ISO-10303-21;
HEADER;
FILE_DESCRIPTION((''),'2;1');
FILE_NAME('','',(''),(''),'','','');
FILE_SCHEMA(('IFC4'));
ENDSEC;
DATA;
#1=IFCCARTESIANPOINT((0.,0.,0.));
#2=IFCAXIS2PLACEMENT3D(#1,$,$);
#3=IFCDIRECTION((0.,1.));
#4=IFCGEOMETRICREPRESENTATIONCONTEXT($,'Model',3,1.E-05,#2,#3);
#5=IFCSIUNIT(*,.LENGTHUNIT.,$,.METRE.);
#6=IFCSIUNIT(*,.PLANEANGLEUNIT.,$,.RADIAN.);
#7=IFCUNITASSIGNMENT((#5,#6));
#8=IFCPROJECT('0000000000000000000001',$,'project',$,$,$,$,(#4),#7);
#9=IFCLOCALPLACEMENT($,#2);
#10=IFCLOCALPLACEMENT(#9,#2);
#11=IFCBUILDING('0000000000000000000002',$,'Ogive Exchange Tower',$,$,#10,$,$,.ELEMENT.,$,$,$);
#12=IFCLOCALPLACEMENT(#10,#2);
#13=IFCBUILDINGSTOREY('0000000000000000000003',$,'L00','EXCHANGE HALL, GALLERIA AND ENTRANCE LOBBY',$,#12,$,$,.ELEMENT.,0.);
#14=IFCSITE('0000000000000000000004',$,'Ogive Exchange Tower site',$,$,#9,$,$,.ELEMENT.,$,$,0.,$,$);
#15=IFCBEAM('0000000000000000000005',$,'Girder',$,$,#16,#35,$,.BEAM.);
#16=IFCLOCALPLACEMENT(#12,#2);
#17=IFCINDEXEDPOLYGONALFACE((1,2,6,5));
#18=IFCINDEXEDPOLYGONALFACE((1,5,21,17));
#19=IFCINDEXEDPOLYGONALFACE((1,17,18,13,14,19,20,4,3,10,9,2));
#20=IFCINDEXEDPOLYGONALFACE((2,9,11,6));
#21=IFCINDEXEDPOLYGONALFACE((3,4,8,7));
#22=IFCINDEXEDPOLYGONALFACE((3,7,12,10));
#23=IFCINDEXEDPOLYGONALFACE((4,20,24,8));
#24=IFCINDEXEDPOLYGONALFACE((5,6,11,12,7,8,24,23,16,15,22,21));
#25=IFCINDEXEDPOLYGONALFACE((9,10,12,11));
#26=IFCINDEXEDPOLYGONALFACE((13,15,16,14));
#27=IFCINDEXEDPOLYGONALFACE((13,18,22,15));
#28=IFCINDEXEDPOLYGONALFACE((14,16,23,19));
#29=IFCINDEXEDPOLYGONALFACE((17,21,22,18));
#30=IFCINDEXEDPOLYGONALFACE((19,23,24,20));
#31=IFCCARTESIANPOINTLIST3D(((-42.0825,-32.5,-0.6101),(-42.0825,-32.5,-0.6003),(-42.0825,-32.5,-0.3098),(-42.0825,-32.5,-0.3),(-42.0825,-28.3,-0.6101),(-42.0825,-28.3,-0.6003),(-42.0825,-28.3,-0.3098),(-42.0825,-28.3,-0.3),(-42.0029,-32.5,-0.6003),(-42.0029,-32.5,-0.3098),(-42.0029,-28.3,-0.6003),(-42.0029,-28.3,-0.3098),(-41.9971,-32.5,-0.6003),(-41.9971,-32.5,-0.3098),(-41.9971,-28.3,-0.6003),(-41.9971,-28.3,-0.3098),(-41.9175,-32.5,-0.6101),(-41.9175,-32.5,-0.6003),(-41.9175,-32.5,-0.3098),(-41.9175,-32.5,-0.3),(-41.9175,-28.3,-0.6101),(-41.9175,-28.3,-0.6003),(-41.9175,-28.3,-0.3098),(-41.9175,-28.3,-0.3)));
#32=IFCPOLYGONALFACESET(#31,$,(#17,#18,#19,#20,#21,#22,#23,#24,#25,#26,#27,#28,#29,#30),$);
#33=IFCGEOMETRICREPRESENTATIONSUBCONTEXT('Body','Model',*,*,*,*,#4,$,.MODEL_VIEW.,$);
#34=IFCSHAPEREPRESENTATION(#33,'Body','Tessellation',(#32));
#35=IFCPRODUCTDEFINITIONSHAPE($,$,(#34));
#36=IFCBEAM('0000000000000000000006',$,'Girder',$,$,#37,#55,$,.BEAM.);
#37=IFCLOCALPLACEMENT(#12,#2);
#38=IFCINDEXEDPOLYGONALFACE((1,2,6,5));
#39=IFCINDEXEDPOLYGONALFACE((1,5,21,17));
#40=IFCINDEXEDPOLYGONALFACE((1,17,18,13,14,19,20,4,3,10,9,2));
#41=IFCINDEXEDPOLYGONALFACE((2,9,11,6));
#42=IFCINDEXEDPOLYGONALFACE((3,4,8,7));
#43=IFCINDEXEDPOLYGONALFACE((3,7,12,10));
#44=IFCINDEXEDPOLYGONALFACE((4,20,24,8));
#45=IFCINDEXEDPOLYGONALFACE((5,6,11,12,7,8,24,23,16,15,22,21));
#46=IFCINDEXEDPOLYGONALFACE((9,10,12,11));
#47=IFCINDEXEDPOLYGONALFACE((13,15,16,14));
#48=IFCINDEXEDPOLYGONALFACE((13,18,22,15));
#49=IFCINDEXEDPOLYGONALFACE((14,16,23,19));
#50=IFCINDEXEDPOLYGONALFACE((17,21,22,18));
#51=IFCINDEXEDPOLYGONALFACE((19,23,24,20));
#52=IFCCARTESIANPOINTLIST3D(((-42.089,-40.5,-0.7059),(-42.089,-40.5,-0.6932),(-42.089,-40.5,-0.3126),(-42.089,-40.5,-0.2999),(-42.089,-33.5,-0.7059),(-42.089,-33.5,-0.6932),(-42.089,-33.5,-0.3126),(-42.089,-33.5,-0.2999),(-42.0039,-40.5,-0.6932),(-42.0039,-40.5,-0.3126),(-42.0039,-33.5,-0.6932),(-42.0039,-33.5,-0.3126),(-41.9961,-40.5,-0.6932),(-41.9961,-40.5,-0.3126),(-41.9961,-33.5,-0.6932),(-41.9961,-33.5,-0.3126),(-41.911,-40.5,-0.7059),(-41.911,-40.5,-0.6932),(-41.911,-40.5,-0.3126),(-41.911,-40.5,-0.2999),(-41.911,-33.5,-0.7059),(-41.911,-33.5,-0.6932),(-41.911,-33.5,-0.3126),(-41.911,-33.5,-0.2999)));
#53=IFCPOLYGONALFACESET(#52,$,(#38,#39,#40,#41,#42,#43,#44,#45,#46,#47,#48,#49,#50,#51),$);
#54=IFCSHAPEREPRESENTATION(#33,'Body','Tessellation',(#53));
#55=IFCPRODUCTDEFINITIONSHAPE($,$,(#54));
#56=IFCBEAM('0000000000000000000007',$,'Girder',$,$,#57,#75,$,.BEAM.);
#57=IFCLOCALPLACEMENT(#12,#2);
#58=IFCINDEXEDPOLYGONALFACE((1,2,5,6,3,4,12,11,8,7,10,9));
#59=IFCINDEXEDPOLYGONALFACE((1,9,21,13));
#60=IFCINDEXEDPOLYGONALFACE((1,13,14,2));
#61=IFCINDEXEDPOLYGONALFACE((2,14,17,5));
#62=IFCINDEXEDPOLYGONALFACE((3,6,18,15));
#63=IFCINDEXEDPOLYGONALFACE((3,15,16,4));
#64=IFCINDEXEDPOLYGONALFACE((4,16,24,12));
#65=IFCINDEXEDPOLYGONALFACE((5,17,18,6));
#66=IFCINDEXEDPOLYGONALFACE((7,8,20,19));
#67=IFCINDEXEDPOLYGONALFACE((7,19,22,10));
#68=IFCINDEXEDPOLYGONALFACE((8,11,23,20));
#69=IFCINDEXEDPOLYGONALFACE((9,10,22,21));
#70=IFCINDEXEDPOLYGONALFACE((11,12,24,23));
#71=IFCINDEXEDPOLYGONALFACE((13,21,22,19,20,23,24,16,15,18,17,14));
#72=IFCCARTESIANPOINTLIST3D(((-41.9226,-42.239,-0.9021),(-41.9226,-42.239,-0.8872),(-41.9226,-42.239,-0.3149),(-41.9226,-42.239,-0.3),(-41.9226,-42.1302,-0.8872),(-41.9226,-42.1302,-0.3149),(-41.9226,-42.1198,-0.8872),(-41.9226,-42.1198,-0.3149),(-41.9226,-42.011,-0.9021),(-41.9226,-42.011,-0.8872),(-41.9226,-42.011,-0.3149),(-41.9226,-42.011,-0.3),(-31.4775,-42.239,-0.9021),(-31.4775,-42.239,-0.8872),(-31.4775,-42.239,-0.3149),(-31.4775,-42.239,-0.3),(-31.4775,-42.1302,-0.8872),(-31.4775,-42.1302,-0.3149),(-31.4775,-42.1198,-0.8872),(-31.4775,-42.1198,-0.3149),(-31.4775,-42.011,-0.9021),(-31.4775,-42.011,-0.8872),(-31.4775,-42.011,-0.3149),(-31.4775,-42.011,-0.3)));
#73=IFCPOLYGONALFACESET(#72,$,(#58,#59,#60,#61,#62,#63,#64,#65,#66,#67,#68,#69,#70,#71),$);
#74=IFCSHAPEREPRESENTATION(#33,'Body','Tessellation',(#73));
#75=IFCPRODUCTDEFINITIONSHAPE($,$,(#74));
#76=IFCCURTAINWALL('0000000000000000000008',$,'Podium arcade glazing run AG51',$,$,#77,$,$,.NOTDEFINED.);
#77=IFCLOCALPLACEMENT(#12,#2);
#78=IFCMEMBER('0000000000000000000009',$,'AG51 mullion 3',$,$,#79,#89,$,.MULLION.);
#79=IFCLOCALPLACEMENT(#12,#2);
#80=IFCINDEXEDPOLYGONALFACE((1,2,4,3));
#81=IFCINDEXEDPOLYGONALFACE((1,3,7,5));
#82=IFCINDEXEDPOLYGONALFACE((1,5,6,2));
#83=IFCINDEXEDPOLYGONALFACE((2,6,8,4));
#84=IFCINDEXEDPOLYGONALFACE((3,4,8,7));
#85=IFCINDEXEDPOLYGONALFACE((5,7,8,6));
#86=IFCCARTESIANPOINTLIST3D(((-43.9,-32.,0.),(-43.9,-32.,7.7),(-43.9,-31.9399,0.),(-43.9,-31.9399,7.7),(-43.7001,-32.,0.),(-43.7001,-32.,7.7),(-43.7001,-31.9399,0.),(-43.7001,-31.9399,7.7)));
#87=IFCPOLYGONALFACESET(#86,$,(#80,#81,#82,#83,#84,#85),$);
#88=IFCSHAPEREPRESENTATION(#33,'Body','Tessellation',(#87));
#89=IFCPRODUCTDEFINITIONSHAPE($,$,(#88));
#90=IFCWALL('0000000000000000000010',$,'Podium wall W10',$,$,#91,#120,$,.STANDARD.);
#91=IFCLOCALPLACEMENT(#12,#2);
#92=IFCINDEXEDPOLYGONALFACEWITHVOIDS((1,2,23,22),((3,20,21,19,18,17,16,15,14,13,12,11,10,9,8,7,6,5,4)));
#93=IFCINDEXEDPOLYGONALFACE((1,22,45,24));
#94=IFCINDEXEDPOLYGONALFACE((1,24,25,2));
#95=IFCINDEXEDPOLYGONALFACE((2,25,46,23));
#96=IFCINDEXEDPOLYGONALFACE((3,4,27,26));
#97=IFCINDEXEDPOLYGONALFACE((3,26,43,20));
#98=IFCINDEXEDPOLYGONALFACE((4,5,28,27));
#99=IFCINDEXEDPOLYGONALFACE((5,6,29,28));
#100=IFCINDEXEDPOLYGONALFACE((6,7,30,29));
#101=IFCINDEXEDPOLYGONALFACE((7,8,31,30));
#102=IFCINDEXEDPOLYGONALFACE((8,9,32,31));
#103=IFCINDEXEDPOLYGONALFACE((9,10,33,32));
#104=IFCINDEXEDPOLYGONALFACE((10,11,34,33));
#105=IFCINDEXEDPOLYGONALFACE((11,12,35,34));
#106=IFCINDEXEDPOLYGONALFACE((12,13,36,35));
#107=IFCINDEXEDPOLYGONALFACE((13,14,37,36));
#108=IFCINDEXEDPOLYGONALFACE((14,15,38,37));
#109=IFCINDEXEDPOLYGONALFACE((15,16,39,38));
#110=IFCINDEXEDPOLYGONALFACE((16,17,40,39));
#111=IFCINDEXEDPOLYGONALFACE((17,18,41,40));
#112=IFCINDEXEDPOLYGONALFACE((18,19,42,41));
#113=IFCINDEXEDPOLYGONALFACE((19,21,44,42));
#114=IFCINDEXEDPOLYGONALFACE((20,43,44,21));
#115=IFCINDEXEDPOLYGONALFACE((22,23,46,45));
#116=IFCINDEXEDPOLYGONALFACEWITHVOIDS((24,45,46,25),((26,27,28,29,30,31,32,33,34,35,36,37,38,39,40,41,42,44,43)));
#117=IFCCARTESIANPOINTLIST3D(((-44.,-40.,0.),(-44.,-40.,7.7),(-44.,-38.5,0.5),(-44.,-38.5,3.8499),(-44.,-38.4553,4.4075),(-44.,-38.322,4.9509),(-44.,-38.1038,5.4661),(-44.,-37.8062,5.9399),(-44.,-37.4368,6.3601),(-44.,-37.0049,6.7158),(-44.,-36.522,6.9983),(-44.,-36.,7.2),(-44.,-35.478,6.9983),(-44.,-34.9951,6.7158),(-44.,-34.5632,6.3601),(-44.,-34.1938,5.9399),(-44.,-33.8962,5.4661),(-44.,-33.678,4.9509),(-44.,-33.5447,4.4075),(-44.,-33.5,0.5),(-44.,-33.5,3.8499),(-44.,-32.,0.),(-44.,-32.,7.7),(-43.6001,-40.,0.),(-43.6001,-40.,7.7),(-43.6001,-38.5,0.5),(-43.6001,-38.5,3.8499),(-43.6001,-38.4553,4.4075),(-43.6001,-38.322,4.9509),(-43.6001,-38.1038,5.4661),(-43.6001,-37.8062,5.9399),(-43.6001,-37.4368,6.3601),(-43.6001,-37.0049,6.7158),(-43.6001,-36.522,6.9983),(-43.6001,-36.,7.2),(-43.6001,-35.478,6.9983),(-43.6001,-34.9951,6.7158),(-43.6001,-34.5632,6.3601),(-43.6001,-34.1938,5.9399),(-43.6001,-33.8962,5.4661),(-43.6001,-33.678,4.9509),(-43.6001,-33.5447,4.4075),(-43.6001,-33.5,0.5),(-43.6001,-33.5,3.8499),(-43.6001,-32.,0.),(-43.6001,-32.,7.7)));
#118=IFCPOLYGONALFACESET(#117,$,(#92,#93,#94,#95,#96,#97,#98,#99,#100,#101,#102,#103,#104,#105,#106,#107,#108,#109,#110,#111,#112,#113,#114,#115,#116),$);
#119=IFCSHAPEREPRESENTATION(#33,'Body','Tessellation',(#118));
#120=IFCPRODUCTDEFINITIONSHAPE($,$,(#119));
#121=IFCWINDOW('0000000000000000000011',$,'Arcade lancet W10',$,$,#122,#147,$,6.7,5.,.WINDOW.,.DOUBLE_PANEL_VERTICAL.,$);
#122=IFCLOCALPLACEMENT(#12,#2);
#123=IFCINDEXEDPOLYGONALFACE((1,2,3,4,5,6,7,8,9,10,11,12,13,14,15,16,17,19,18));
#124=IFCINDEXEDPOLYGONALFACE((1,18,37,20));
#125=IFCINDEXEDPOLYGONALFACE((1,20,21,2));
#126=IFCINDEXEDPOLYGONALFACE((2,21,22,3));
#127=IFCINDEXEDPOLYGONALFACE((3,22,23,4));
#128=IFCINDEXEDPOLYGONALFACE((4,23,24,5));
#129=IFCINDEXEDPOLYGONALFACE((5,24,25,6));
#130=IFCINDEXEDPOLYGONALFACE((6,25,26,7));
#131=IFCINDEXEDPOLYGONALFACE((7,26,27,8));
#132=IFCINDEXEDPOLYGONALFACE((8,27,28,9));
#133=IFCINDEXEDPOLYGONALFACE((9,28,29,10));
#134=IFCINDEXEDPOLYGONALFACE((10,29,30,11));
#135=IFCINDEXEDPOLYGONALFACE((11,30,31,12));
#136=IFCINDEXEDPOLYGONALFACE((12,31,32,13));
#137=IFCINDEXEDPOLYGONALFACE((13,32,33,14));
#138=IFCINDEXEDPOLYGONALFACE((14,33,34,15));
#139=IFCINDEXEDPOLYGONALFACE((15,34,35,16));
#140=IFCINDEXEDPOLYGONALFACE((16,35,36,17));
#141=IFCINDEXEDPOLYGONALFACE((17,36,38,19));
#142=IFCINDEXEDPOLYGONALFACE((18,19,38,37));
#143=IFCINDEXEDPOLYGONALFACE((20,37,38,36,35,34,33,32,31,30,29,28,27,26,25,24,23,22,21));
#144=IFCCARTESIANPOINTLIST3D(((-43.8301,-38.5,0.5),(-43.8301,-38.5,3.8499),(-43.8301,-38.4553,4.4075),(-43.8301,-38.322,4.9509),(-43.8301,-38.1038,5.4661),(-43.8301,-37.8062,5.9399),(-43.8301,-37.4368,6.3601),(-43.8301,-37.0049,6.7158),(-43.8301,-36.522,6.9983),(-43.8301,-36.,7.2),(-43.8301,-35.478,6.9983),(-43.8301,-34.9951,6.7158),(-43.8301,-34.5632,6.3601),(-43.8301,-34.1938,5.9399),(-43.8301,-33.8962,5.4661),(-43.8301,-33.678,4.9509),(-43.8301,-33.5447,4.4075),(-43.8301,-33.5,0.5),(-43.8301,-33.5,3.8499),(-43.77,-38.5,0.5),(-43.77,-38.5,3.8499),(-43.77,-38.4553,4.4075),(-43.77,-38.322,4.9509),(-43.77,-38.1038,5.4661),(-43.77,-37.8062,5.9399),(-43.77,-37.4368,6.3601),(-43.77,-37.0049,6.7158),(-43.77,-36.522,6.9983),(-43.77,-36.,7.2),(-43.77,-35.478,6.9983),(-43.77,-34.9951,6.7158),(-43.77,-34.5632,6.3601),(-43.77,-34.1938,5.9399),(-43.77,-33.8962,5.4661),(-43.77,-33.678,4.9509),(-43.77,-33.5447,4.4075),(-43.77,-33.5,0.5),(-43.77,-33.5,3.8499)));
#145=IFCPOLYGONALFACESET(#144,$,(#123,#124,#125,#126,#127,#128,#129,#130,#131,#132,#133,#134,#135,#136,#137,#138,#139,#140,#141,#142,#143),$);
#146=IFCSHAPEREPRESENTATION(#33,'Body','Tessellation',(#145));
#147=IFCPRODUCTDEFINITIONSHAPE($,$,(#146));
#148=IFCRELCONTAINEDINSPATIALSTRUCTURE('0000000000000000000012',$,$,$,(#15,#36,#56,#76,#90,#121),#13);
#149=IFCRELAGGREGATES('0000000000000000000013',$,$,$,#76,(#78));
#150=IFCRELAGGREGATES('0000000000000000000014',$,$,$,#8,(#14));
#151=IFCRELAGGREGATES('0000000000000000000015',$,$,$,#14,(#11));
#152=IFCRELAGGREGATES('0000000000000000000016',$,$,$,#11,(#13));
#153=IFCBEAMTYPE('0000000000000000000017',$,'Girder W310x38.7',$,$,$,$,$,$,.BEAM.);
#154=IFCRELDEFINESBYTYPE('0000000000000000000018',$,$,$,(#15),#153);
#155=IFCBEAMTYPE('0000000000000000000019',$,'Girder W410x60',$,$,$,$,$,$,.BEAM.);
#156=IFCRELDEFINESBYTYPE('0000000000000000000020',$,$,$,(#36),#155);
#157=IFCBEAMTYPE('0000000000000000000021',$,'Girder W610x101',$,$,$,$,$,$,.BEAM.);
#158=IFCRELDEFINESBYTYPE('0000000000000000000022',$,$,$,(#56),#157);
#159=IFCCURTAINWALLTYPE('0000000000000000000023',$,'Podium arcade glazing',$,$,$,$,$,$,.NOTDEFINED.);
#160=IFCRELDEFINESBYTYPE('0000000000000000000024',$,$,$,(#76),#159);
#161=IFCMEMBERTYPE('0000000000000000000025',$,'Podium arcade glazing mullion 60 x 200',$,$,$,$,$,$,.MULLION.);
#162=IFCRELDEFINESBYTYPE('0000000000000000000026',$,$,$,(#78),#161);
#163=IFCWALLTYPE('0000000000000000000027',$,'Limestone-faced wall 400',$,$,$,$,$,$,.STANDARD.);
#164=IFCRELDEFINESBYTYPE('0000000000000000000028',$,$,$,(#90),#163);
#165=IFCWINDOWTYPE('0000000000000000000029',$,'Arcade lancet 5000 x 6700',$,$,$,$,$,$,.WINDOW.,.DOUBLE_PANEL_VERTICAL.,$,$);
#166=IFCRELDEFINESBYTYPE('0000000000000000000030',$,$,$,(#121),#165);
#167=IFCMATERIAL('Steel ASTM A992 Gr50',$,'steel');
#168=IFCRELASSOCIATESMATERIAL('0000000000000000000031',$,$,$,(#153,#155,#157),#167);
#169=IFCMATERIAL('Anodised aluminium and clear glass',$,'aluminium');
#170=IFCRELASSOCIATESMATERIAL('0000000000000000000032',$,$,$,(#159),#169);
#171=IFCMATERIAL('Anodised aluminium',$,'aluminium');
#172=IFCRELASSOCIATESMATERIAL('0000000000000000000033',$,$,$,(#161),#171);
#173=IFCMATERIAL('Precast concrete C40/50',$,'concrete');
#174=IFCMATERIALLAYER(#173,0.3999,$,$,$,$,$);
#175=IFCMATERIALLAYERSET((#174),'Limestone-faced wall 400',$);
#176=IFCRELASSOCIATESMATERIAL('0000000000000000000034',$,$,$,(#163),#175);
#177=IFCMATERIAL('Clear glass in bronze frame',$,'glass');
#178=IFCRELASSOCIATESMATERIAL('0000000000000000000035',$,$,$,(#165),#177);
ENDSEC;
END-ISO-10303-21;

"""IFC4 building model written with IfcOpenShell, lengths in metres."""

from ifc_helpers import new_model, si_unit, direction, frame, frame_2d, origin, origin_2d, place, context, subcontext, project, spatial, polyline, rectangle, i_section, outline, extrude, material, layer, layer_set, material_profile, profile_set, type_object, element, fill, aggregate, save


model = new_model("IFC4")

# Units and contexts
model_context = context("Model", 3, precision=1e-05, world=origin(), true_north=direction((0.0, 1.0)))
body_context = subcontext(model_context, "Body", "Model", "MODEL_VIEW")
ifc_project = project(units=[si_unit("LENGTHUNIT", "METRE"), si_unit("PLANEANGLEUNIT", "RADIAN")], contexts=[model_context])

# Site, building, storey
site_placement = place(None, origin())
site = spatial("IfcSite", under=ifc_project, at=site_placement, Name="Ogive Exchange Tower site", CompositionType="ELEMENT", RefElevation=0.0)
building_placement = place(site_placement, origin())
building = spatial("IfcBuilding", under=site, at=building_placement, Name="Ogive Exchange Tower", CompositionType="ELEMENT")
storey_placement = place(building_placement, origin())
storey = spatial("IfcBuildingStorey", under=building, at=storey_placement, Name="L00", Description="EXCHANGE HALL, GALLERIA AND ENTRANCE LOBBY", CompositionType="ELEMENT", Elevation=0.0)

# Beams
ifc_material_1 = material(Name="Steel ASTM A992 Gr50", Category="steel")
ifc_material_profile_1 = material_profile(ifc_material_1, i_section(OverallWidth=0.165, OverallDepth=0.3101, WebThickness=0.0059, FlangeThickness=0.0098, at=origin_2d()), Name="W310x38.7")
ifc_profile_set_1 = profile_set([ifc_material_profile_1], Name="Steel ASTM A992 Gr50")
beam_type_1 = type_object("IfcBeamType", Name="Girder W310x38.7", PredefinedType="BEAM", material=ifc_profile_set_1)
beam_1_placement = place(storey_placement, frame((-42.0, -32.5, -0.4551), z_axis=(0.0, 1.0, 0.0), x_axis=(-1.0, 0.0, 0.0)))
element("IfcBeam", 1, at=beam_1_placement, inside=storey, type_object=beam_type_1, Name="Girder", PredefinedType="BEAM", context=body_context, shape_type="SweptSolid", body=[
    extrude(i_section(OverallWidth=0.165, OverallDepth=0.3101, WebThickness=0.0059, FlangeThickness=0.0098, at=origin_2d()), origin(), (0.0, 0.0, 1.0), 4.2),
])
ifc_material_profile_2 = material_profile(ifc_material_1, i_section(OverallWidth=0.178, OverallDepth=0.406, WebThickness=0.0078, FlangeThickness=0.0127, at=origin_2d()), Name="W410x60")
ifc_profile_set_2 = profile_set([ifc_material_profile_2], Name="Steel ASTM A992 Gr50")
beam_type_2 = type_object("IfcBeamType", Name="Girder W410x60", PredefinedType="BEAM", material=ifc_profile_set_2)
beam_2_placement = place(storey_placement, frame((-42.0, -40.5, -0.5029), z_axis=(0.0, 1.0, 0.0), x_axis=(-1.0, 0.0, 0.0)))
element("IfcBeam", 2, at=beam_2_placement, inside=storey, type_object=beam_type_2, Name="Girder", PredefinedType="BEAM", context=body_context, shape_type="SweptSolid", body=[
    extrude(i_section(OverallWidth=0.178, OverallDepth=0.406, WebThickness=0.0078, FlangeThickness=0.0127, at=origin_2d()), origin(), (0.0, 0.0, 1.0), 7.0),
])
ifc_material_profile_3 = material_profile(ifc_material_1, i_section(OverallWidth=0.228, OverallDepth=0.6021, WebThickness=0.0105, FlangeThickness=0.0149, at=origin_2d()), Name="W610x101")
ifc_profile_set_3 = profile_set([ifc_material_profile_3], Name="Steel ASTM A992 Gr50")
beam_type_3 = type_object("IfcBeamType", Name="Girder W610x101", PredefinedType="BEAM", material=ifc_profile_set_3)
beam_3_placement = place(storey_placement, frame((-41.9226, -42.125, -0.6011), z_axis=(1.0, 0.0, 0.0), x_axis=(0.0, 1.0, 0.0)))
element("IfcBeam", 3, at=beam_3_placement, inside=storey, type_object=beam_type_3, Name="Girder", PredefinedType="BEAM", context=body_context, shape_type="SweptSolid", body=[
    extrude(i_section(OverallWidth=0.228, OverallDepth=0.6021, WebThickness=0.0105, FlangeThickness=0.0149, at=origin_2d()), origin(), (0.0, 0.0, 1.0), 10.4451),
])

# Curtain wall, member
ifc_material_2 = material(Name="Anodised aluminium and clear glass", Category="aluminium")
curtain_wall_type = type_object("IfcCurtainWallType", Name="Podium arcade glazing", PredefinedType="NOTDEFINED", material=ifc_material_2)
curtain_wall_placement = place(storey_placement, origin())
curtain_wall = element("IfcCurtainWall", 4, at=curtain_wall_placement, inside=storey, type_object=curtain_wall_type, Name="Podium arcade glazing run AG51", PredefinedType="NOTDEFINED")
ifc_material_3 = material(Name="Anodised aluminium", Category="aluminium")
ifc_material_profile_4 = material_profile(ifc_material_3, rectangle(XDim=0.2, YDim=0.0601, at=origin_2d()), Name="AL 60x200")
ifc_profile_set_4 = profile_set([ifc_material_profile_4], Name="Anodised aluminium")
member_type = type_object("IfcMemberType", Name="Podium arcade glazing mullion 60 x 200", PredefinedType="MULLION", material=ifc_profile_set_4)
member_placement = place(storey_placement, frame((-43.8, -31.97, 0.0), z_axis=(0.0, 0.0, 1.0), x_axis=(1.0, 0.0, 0.0)))
member = element("IfcMember", 5, at=member_placement, type_object=member_type, Name="AG51 mullion 3", PredefinedType="MULLION", context=body_context, shape_type="SweptSolid", body=[
    extrude(rectangle(XDim=0.2, YDim=0.0601, at=origin_2d()), origin(), (0.0, 0.0, 1.0), 7.7),
])
aggregate(curtain_wall, [member])

# Wall, opening, window
ifc_material_4 = material(Name="Precast concrete C40/50", Category="concrete")
ifc_layer_1 = layer(ifc_material_4, 0.3999)
ifc_layer_set_1 = layer_set([ifc_layer_1], Name="Limestone-faced wall 400")
wall_type_1 = type_object("IfcWallType", Name="Limestone-faced wall 400", PredefinedType="STANDARD", material=ifc_layer_set_1)
wall_1_placement = place(storey_placement, frame((-43.8, -32.0, 0.0), z_axis=(0.0, 0.0, 1.0), x_axis=(0.0, -1.0, 0.0)))
wall_1 = element("IfcWall", 6, at=wall_1_placement, inside=storey, type_object=wall_type_1, Name="Podium wall W10", PredefinedType="STANDARD", context=body_context, shape_type="SweptSolid", body=[
    extrude(rectangle(XDim=8.0, YDim=0.3999, at=frame_2d((4.0, 0.0))), origin(), (0.0, 0.0, 1.0), 7.7),
])
opening_1_placement = place(wall_1_placement, frame((1.5, 0.0, 0.5)))
opening_1 = element("IfcOpeningElement", 7, at=opening_1_placement, cuts=wall_1, PredefinedType="OPENING", context=body_context, shape_type="SweptSolid", body=[
    extrude(outline(polyline([(0.0, 0.0), (5.0, 0.0), (5.0, 3.3499), (4.9553, 3.9075), (4.822, 4.4509), (4.6038, 4.9661), (4.3062, 5.4399), (3.9368, 5.8601), (3.5049, 6.2158), (3.022, 6.4983), (2.5, 6.7), (1.978, 6.4983), (1.4951, 6.2158), (1.0632, 5.8601), (0.6938, 5.4399), (0.3962, 4.9661), (0.178, 4.4509), (0.0447, 3.9075), (0.0, 3.3499), (0.0, 0.0)])), frame((0.0, 0.21, 0.0), z_axis=(0.0, -1.0, 0.0), x_axis=(1.0, 0.0, 0.0)), (0.0, 0.0, 1.0), 0.4199),
])
ifc_material_5 = material(Name="Clear glass in bronze frame", Category="glass")
window_type = type_object("IfcWindowType", Name="Arcade lancet 5000 x 6700", PartitioningType="DOUBLE_PANEL_VERTICAL", PredefinedType="WINDOW", material=ifc_material_5)
window_1_placement = place(opening_1_placement, origin())
window_1 = element("IfcWindow", 8, at=window_1_placement, inside=storey, type_object=window_type, Name="Arcade lancet W10", OverallHeight=6.7, OverallWidth=5.0, PartitioningType="DOUBLE_PANEL_VERTICAL", PredefinedType="WINDOW", context=body_context, shape_type="SweptSolid", body=[
    extrude(outline(polyline([(0.0, 0.0), (5.0, 0.0), (5.0, 3.3499), (4.9553, 3.9075), (4.822, 4.4509), (4.6038, 4.9661), (4.3062, 5.4399), (3.9368, 5.8601), (3.5049, 6.2158), (3.022, 6.4983), (2.5, 6.7), (1.978, 6.4983), (1.4951, 6.2158), (1.0632, 5.8601), (0.6938, 5.4399), (0.3962, 4.9661), (0.178, 4.4509), (0.0447, 3.9075), (0.0, 3.3499), (0.0, 0.0)])), frame((0.0, 0.03, 0.0), z_axis=(0.0, -1.0, 0.0), x_axis=(1.0, 0.0, 0.0)), (0.0, 0.0, 1.0), 0.0601),
])
fill(opening_1, window_1)

save(model, "model.ifc")
